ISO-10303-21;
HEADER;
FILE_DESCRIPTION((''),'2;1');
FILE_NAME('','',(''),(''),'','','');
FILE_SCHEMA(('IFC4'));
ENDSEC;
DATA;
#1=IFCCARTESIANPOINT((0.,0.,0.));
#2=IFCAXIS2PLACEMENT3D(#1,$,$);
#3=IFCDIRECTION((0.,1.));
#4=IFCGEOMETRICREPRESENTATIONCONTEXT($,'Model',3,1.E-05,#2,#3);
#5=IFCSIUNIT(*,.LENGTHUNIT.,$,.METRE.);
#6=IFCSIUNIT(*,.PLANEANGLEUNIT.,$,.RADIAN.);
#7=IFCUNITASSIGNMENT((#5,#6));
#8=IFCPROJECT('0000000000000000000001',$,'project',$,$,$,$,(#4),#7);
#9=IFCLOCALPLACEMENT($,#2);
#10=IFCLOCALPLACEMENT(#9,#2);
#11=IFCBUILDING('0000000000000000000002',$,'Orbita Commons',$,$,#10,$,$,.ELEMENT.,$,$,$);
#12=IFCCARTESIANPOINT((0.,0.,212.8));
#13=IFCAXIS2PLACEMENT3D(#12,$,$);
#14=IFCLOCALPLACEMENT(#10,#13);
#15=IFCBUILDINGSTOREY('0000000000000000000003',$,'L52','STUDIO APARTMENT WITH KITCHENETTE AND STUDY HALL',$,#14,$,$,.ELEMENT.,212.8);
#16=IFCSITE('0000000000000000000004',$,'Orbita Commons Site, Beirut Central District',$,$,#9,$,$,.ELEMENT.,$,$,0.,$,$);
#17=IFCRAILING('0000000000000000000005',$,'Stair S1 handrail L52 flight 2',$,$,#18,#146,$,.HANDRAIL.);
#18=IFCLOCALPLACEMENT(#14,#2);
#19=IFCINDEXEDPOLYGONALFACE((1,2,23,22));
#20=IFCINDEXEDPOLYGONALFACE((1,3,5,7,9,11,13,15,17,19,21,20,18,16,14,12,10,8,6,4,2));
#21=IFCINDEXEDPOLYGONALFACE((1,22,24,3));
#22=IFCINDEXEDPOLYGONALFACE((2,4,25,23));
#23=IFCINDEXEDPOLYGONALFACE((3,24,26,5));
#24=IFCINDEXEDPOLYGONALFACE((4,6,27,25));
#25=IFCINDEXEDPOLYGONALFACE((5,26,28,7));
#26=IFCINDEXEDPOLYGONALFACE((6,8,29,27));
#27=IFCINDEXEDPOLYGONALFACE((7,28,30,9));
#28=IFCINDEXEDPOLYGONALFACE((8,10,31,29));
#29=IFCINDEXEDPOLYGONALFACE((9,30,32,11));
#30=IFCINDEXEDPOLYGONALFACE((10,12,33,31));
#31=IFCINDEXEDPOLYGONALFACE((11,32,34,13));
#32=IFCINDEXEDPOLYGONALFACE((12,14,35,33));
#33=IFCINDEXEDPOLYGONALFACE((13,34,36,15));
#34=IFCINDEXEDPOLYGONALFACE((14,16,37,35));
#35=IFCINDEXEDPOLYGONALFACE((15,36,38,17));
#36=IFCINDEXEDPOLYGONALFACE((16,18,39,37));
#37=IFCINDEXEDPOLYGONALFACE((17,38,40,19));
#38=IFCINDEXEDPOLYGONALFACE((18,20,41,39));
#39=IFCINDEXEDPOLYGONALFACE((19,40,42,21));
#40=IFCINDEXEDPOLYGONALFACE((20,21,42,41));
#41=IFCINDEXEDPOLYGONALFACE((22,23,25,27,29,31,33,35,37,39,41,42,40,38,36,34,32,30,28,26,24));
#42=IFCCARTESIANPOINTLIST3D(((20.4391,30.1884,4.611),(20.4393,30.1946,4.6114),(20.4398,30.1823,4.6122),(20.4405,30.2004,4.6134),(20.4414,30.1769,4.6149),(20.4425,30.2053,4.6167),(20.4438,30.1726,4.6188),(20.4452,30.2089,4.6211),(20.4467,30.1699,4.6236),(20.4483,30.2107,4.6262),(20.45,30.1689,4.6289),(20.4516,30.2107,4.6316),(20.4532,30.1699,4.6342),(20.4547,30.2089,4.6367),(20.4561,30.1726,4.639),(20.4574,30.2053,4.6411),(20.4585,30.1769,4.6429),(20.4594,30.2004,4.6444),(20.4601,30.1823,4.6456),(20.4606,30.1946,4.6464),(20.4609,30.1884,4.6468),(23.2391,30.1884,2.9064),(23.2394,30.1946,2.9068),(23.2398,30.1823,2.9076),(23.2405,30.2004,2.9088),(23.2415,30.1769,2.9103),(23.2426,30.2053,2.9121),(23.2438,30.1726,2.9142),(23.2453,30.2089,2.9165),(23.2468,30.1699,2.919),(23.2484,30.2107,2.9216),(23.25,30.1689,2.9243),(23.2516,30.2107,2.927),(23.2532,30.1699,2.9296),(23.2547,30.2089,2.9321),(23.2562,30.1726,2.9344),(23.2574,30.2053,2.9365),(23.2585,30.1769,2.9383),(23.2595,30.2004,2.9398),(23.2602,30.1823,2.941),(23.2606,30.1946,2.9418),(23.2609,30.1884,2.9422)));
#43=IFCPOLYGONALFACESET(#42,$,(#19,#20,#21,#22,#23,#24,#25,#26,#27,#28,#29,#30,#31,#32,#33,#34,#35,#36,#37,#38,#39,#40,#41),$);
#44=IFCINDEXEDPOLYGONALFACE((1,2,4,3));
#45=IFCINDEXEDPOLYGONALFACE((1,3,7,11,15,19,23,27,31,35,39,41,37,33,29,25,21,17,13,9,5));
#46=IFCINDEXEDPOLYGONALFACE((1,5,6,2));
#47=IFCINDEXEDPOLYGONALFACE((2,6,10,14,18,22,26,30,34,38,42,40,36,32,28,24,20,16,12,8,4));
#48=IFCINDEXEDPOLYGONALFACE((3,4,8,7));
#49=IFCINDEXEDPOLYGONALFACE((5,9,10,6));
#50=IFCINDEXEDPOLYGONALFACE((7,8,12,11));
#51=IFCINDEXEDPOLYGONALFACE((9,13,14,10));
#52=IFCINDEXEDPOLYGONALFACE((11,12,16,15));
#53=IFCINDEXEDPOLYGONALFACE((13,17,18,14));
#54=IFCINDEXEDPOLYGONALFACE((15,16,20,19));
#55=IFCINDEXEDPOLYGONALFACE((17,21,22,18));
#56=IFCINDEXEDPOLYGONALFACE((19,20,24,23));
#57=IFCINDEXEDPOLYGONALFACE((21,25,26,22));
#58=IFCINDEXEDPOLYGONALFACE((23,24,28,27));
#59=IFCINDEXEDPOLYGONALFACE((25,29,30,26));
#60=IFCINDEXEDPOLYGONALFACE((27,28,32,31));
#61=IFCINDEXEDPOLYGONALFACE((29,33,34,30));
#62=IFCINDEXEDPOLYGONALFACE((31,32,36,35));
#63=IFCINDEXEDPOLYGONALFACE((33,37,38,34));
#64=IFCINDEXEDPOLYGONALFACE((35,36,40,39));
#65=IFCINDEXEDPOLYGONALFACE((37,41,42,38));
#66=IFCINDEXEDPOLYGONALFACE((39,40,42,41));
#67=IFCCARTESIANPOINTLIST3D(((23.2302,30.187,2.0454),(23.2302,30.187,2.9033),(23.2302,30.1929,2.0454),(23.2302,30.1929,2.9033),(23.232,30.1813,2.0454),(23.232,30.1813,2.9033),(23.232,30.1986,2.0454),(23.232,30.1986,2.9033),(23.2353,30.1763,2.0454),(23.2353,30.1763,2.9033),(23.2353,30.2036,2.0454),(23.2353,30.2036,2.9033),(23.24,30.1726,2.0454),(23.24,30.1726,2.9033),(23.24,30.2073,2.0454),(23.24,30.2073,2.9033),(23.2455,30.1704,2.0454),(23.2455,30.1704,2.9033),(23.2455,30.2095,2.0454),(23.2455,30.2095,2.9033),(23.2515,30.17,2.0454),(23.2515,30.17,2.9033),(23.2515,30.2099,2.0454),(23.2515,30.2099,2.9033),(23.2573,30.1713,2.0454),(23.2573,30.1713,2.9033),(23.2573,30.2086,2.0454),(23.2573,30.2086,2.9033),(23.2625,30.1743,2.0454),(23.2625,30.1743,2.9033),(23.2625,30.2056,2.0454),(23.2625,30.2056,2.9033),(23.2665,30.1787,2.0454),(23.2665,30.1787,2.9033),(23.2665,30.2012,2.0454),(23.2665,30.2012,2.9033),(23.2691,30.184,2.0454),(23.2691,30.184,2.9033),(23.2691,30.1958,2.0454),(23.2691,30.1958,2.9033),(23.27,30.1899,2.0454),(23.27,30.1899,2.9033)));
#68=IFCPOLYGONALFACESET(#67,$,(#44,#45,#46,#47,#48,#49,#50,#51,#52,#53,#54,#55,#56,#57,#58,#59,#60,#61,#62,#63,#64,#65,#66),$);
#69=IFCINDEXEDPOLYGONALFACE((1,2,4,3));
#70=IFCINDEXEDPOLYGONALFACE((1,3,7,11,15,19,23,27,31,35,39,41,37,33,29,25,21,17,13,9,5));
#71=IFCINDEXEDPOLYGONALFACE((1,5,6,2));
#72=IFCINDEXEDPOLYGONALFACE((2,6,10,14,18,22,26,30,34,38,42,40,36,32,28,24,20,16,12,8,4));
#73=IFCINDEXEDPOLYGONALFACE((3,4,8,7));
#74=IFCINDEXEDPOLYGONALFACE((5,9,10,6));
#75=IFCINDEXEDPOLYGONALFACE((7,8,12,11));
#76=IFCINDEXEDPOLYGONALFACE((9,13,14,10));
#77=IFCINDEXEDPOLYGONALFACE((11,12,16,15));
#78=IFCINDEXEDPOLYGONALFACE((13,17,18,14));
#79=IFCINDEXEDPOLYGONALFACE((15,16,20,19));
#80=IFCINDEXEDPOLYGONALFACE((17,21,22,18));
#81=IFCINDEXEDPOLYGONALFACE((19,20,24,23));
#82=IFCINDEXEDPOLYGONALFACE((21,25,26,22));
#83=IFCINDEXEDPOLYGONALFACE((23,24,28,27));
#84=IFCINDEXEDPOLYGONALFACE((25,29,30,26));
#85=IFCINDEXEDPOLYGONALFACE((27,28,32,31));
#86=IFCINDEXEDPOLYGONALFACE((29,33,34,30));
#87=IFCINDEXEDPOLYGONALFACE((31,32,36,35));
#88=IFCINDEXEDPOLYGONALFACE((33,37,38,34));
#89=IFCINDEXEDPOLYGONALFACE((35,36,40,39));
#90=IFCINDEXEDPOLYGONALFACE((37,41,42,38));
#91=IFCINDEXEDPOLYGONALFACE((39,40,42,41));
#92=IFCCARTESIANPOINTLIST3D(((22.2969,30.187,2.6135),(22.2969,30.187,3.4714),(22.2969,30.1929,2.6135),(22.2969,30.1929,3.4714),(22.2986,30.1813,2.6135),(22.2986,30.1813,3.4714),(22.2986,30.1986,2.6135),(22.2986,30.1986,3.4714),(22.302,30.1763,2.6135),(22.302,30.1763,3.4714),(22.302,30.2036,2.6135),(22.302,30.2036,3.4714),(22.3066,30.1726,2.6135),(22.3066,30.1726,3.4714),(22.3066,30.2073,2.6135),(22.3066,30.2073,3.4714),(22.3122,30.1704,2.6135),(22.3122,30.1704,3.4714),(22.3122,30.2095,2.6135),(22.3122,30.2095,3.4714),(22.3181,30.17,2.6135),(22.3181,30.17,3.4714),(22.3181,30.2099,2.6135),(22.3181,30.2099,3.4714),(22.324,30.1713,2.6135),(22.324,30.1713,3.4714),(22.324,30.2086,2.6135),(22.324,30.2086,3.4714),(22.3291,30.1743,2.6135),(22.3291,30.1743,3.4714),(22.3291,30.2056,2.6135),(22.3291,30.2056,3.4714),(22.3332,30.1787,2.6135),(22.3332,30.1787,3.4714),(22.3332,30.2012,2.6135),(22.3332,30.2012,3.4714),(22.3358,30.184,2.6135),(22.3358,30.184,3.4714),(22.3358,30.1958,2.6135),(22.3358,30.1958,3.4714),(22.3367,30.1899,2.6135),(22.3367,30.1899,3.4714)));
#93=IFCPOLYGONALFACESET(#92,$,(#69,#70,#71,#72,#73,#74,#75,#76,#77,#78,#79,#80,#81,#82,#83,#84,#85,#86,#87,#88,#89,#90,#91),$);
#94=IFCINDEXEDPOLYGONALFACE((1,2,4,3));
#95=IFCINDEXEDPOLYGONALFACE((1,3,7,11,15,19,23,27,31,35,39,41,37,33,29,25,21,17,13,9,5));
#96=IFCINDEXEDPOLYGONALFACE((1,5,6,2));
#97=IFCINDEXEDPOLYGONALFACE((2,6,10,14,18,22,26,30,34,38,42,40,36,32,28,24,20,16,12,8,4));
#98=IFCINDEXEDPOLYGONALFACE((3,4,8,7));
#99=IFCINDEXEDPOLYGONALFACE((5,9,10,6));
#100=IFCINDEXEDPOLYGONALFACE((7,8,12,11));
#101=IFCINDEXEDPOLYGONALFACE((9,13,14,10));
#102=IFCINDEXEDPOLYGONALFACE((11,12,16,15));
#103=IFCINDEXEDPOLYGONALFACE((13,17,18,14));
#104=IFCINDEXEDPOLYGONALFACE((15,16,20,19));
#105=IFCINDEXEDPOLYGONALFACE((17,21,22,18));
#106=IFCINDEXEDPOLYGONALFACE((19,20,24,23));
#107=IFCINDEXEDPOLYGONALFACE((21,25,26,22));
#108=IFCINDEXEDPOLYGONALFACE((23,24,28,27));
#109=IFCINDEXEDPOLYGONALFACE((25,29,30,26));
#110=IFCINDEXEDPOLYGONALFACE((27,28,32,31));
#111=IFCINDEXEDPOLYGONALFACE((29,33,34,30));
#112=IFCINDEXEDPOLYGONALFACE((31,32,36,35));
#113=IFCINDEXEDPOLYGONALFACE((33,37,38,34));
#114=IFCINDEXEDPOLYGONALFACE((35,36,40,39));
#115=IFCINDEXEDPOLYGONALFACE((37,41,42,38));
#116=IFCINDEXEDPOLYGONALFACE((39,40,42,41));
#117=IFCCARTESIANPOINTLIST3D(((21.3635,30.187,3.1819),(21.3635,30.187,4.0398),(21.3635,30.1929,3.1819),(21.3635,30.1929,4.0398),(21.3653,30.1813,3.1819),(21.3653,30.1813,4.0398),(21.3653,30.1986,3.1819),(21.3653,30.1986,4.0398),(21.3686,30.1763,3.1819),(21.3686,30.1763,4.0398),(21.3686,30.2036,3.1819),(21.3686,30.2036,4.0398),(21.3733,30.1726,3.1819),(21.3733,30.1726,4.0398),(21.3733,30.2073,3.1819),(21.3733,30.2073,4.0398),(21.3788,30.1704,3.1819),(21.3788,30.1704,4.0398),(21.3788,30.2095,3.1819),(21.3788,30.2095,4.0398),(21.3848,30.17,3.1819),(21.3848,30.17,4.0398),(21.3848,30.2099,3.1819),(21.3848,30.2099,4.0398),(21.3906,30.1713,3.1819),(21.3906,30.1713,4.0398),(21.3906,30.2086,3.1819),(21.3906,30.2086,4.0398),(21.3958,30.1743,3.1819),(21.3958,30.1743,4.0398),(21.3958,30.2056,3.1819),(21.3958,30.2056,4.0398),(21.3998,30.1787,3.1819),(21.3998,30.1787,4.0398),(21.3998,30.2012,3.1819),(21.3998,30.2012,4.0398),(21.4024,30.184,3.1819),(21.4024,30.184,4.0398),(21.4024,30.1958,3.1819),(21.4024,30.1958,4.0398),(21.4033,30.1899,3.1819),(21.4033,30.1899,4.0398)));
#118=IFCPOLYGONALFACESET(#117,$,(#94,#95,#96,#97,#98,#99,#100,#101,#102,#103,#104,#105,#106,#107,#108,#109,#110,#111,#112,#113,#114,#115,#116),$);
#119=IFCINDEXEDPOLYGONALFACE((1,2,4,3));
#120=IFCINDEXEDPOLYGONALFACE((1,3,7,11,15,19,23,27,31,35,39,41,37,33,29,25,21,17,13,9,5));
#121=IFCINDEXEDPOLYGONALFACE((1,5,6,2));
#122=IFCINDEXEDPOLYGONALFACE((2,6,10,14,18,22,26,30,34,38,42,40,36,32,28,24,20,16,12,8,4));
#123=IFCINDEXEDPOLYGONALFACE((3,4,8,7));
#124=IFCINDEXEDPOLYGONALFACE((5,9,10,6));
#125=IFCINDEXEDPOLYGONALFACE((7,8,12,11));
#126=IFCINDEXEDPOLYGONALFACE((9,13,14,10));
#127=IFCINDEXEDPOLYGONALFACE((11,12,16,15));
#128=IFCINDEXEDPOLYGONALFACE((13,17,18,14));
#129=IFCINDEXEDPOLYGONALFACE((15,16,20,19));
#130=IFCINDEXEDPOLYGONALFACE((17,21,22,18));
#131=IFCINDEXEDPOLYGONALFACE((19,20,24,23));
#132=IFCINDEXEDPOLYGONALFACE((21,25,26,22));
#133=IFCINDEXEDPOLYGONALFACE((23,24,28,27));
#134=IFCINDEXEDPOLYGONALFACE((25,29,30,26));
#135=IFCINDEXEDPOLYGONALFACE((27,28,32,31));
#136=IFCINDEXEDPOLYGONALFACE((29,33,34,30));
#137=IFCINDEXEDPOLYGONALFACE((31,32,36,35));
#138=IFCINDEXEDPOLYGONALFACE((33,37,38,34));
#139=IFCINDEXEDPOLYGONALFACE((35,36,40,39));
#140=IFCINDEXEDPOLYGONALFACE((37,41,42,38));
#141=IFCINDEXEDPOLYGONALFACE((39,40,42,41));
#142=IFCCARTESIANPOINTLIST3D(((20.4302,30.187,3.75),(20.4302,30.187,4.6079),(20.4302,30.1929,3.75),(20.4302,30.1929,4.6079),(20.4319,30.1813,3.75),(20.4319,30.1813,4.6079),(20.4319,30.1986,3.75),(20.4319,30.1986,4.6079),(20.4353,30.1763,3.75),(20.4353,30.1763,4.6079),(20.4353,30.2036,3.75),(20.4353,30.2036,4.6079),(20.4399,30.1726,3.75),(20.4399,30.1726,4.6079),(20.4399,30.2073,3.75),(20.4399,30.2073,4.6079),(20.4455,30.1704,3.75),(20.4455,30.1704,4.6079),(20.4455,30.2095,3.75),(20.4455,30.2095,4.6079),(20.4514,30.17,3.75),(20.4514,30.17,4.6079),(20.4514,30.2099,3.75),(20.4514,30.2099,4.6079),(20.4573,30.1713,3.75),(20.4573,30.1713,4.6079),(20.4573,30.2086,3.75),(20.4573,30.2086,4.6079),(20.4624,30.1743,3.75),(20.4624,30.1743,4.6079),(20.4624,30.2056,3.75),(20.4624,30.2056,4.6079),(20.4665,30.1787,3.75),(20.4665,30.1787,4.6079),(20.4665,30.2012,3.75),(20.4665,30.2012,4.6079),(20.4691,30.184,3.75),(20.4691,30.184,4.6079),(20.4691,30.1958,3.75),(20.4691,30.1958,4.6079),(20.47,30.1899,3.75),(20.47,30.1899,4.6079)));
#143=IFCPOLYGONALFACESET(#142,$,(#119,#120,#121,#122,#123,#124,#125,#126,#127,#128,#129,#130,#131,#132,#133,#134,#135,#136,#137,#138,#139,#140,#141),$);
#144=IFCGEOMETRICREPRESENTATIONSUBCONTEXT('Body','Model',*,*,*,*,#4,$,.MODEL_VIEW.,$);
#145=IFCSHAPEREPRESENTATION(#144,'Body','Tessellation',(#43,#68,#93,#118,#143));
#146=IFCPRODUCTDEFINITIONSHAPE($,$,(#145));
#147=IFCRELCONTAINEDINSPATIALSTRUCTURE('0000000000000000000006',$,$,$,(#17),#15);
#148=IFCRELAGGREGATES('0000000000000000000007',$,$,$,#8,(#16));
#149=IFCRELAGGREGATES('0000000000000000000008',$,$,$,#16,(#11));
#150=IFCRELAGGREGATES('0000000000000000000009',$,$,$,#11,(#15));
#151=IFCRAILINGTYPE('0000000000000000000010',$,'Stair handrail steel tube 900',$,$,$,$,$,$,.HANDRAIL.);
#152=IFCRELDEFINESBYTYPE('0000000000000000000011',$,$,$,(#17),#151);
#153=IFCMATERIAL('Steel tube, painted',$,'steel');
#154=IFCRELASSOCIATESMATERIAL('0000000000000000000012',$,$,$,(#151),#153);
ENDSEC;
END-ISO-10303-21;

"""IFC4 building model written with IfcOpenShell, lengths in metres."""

from ifc_helpers import new_model, si_unit, direction, frame, origin, origin_2d, place, context, subcontext, project, spatial, circle, extrude, material, type_object, element, save


model = new_model("IFC4")

# Units and contexts
model_context = context("Model", 3, precision=1e-05, world=origin(), true_north=direction((0.0, 1.0)))
body_context = subcontext(model_context, "Body", "Model", "MODEL_VIEW")
ifc_project = project(units=[si_unit("LENGTHUNIT", "METRE"), si_unit("PLANEANGLEUNIT", "RADIAN")], contexts=[model_context])

# Site, building, storey
site_placement = place(None, origin())
site = spatial("IfcSite", under=ifc_project, at=site_placement, Name="Orbita Commons Site, Beirut Central District", CompositionType="ELEMENT", RefElevation=0.0)
building_placement = place(site_placement, origin())
building = spatial("IfcBuilding", under=site, at=building_placement, Name="Orbita Commons", CompositionType="ELEMENT")
storey_placement = place(building_placement, frame((0.0, 0.0, 212.8)))
storey = spatial("IfcBuildingStorey", under=building, at=storey_placement, Name="L52", Description="STUDIO APARTMENT WITH KITCHENETTE AND STUDY HALL", CompositionType="ELEMENT", Elevation=212.8)

# Railing
ifc_material_1 = material(Name="Steel tube, painted", Category="steel")
railing_type = type_object("IfcRailingType", Name="Stair handrail steel tube 900", PredefinedType="HANDRAIL", material=ifc_material_1)
for number, where, name in (
    (1, (23.25, 30.1899, 2.0454), "Stair S1 handrail L52 flight 2"),
):
    element("IfcRailing", number, at=place(storey_placement, frame(where)), inside=storey, type_object=railing_type, Name=name, PredefinedType="HANDRAIL", context=body_context, shape_type="SweptSolid", body=[
        extrude(circle(Radius=0.021, at=origin_2d()), frame((0.0, 0.0, 0.8789), z_axis=(-0.85417, 0.0, 0.519994), x_axis=(0.0, -1.0, 0.0)), (0.0, 0.0, 1.0), 3.2781),
        extrude(circle(Radius=0.02, at=origin_2d()), origin(), (0.0, 0.0, 1.0), 0.8579),
        extrude(circle(Radius=0.02, at=origin_2d()), frame((-0.9333, 0.0, 0.5681)), (0.0, 0.0, 1.0), 0.8579),
        extrude(circle(Radius=0.02, at=origin_2d()), frame((-1.8667, 0.0, 1.1365)), (0.0, 0.0, 1.0), 0.8579),
        extrude(circle(Radius=0.02, at=origin_2d()), frame((-2.8, 0.0, 1.7046)), (0.0, 0.0, 1.0), 0.8579),
    ])

save(model, "model.ifc")
